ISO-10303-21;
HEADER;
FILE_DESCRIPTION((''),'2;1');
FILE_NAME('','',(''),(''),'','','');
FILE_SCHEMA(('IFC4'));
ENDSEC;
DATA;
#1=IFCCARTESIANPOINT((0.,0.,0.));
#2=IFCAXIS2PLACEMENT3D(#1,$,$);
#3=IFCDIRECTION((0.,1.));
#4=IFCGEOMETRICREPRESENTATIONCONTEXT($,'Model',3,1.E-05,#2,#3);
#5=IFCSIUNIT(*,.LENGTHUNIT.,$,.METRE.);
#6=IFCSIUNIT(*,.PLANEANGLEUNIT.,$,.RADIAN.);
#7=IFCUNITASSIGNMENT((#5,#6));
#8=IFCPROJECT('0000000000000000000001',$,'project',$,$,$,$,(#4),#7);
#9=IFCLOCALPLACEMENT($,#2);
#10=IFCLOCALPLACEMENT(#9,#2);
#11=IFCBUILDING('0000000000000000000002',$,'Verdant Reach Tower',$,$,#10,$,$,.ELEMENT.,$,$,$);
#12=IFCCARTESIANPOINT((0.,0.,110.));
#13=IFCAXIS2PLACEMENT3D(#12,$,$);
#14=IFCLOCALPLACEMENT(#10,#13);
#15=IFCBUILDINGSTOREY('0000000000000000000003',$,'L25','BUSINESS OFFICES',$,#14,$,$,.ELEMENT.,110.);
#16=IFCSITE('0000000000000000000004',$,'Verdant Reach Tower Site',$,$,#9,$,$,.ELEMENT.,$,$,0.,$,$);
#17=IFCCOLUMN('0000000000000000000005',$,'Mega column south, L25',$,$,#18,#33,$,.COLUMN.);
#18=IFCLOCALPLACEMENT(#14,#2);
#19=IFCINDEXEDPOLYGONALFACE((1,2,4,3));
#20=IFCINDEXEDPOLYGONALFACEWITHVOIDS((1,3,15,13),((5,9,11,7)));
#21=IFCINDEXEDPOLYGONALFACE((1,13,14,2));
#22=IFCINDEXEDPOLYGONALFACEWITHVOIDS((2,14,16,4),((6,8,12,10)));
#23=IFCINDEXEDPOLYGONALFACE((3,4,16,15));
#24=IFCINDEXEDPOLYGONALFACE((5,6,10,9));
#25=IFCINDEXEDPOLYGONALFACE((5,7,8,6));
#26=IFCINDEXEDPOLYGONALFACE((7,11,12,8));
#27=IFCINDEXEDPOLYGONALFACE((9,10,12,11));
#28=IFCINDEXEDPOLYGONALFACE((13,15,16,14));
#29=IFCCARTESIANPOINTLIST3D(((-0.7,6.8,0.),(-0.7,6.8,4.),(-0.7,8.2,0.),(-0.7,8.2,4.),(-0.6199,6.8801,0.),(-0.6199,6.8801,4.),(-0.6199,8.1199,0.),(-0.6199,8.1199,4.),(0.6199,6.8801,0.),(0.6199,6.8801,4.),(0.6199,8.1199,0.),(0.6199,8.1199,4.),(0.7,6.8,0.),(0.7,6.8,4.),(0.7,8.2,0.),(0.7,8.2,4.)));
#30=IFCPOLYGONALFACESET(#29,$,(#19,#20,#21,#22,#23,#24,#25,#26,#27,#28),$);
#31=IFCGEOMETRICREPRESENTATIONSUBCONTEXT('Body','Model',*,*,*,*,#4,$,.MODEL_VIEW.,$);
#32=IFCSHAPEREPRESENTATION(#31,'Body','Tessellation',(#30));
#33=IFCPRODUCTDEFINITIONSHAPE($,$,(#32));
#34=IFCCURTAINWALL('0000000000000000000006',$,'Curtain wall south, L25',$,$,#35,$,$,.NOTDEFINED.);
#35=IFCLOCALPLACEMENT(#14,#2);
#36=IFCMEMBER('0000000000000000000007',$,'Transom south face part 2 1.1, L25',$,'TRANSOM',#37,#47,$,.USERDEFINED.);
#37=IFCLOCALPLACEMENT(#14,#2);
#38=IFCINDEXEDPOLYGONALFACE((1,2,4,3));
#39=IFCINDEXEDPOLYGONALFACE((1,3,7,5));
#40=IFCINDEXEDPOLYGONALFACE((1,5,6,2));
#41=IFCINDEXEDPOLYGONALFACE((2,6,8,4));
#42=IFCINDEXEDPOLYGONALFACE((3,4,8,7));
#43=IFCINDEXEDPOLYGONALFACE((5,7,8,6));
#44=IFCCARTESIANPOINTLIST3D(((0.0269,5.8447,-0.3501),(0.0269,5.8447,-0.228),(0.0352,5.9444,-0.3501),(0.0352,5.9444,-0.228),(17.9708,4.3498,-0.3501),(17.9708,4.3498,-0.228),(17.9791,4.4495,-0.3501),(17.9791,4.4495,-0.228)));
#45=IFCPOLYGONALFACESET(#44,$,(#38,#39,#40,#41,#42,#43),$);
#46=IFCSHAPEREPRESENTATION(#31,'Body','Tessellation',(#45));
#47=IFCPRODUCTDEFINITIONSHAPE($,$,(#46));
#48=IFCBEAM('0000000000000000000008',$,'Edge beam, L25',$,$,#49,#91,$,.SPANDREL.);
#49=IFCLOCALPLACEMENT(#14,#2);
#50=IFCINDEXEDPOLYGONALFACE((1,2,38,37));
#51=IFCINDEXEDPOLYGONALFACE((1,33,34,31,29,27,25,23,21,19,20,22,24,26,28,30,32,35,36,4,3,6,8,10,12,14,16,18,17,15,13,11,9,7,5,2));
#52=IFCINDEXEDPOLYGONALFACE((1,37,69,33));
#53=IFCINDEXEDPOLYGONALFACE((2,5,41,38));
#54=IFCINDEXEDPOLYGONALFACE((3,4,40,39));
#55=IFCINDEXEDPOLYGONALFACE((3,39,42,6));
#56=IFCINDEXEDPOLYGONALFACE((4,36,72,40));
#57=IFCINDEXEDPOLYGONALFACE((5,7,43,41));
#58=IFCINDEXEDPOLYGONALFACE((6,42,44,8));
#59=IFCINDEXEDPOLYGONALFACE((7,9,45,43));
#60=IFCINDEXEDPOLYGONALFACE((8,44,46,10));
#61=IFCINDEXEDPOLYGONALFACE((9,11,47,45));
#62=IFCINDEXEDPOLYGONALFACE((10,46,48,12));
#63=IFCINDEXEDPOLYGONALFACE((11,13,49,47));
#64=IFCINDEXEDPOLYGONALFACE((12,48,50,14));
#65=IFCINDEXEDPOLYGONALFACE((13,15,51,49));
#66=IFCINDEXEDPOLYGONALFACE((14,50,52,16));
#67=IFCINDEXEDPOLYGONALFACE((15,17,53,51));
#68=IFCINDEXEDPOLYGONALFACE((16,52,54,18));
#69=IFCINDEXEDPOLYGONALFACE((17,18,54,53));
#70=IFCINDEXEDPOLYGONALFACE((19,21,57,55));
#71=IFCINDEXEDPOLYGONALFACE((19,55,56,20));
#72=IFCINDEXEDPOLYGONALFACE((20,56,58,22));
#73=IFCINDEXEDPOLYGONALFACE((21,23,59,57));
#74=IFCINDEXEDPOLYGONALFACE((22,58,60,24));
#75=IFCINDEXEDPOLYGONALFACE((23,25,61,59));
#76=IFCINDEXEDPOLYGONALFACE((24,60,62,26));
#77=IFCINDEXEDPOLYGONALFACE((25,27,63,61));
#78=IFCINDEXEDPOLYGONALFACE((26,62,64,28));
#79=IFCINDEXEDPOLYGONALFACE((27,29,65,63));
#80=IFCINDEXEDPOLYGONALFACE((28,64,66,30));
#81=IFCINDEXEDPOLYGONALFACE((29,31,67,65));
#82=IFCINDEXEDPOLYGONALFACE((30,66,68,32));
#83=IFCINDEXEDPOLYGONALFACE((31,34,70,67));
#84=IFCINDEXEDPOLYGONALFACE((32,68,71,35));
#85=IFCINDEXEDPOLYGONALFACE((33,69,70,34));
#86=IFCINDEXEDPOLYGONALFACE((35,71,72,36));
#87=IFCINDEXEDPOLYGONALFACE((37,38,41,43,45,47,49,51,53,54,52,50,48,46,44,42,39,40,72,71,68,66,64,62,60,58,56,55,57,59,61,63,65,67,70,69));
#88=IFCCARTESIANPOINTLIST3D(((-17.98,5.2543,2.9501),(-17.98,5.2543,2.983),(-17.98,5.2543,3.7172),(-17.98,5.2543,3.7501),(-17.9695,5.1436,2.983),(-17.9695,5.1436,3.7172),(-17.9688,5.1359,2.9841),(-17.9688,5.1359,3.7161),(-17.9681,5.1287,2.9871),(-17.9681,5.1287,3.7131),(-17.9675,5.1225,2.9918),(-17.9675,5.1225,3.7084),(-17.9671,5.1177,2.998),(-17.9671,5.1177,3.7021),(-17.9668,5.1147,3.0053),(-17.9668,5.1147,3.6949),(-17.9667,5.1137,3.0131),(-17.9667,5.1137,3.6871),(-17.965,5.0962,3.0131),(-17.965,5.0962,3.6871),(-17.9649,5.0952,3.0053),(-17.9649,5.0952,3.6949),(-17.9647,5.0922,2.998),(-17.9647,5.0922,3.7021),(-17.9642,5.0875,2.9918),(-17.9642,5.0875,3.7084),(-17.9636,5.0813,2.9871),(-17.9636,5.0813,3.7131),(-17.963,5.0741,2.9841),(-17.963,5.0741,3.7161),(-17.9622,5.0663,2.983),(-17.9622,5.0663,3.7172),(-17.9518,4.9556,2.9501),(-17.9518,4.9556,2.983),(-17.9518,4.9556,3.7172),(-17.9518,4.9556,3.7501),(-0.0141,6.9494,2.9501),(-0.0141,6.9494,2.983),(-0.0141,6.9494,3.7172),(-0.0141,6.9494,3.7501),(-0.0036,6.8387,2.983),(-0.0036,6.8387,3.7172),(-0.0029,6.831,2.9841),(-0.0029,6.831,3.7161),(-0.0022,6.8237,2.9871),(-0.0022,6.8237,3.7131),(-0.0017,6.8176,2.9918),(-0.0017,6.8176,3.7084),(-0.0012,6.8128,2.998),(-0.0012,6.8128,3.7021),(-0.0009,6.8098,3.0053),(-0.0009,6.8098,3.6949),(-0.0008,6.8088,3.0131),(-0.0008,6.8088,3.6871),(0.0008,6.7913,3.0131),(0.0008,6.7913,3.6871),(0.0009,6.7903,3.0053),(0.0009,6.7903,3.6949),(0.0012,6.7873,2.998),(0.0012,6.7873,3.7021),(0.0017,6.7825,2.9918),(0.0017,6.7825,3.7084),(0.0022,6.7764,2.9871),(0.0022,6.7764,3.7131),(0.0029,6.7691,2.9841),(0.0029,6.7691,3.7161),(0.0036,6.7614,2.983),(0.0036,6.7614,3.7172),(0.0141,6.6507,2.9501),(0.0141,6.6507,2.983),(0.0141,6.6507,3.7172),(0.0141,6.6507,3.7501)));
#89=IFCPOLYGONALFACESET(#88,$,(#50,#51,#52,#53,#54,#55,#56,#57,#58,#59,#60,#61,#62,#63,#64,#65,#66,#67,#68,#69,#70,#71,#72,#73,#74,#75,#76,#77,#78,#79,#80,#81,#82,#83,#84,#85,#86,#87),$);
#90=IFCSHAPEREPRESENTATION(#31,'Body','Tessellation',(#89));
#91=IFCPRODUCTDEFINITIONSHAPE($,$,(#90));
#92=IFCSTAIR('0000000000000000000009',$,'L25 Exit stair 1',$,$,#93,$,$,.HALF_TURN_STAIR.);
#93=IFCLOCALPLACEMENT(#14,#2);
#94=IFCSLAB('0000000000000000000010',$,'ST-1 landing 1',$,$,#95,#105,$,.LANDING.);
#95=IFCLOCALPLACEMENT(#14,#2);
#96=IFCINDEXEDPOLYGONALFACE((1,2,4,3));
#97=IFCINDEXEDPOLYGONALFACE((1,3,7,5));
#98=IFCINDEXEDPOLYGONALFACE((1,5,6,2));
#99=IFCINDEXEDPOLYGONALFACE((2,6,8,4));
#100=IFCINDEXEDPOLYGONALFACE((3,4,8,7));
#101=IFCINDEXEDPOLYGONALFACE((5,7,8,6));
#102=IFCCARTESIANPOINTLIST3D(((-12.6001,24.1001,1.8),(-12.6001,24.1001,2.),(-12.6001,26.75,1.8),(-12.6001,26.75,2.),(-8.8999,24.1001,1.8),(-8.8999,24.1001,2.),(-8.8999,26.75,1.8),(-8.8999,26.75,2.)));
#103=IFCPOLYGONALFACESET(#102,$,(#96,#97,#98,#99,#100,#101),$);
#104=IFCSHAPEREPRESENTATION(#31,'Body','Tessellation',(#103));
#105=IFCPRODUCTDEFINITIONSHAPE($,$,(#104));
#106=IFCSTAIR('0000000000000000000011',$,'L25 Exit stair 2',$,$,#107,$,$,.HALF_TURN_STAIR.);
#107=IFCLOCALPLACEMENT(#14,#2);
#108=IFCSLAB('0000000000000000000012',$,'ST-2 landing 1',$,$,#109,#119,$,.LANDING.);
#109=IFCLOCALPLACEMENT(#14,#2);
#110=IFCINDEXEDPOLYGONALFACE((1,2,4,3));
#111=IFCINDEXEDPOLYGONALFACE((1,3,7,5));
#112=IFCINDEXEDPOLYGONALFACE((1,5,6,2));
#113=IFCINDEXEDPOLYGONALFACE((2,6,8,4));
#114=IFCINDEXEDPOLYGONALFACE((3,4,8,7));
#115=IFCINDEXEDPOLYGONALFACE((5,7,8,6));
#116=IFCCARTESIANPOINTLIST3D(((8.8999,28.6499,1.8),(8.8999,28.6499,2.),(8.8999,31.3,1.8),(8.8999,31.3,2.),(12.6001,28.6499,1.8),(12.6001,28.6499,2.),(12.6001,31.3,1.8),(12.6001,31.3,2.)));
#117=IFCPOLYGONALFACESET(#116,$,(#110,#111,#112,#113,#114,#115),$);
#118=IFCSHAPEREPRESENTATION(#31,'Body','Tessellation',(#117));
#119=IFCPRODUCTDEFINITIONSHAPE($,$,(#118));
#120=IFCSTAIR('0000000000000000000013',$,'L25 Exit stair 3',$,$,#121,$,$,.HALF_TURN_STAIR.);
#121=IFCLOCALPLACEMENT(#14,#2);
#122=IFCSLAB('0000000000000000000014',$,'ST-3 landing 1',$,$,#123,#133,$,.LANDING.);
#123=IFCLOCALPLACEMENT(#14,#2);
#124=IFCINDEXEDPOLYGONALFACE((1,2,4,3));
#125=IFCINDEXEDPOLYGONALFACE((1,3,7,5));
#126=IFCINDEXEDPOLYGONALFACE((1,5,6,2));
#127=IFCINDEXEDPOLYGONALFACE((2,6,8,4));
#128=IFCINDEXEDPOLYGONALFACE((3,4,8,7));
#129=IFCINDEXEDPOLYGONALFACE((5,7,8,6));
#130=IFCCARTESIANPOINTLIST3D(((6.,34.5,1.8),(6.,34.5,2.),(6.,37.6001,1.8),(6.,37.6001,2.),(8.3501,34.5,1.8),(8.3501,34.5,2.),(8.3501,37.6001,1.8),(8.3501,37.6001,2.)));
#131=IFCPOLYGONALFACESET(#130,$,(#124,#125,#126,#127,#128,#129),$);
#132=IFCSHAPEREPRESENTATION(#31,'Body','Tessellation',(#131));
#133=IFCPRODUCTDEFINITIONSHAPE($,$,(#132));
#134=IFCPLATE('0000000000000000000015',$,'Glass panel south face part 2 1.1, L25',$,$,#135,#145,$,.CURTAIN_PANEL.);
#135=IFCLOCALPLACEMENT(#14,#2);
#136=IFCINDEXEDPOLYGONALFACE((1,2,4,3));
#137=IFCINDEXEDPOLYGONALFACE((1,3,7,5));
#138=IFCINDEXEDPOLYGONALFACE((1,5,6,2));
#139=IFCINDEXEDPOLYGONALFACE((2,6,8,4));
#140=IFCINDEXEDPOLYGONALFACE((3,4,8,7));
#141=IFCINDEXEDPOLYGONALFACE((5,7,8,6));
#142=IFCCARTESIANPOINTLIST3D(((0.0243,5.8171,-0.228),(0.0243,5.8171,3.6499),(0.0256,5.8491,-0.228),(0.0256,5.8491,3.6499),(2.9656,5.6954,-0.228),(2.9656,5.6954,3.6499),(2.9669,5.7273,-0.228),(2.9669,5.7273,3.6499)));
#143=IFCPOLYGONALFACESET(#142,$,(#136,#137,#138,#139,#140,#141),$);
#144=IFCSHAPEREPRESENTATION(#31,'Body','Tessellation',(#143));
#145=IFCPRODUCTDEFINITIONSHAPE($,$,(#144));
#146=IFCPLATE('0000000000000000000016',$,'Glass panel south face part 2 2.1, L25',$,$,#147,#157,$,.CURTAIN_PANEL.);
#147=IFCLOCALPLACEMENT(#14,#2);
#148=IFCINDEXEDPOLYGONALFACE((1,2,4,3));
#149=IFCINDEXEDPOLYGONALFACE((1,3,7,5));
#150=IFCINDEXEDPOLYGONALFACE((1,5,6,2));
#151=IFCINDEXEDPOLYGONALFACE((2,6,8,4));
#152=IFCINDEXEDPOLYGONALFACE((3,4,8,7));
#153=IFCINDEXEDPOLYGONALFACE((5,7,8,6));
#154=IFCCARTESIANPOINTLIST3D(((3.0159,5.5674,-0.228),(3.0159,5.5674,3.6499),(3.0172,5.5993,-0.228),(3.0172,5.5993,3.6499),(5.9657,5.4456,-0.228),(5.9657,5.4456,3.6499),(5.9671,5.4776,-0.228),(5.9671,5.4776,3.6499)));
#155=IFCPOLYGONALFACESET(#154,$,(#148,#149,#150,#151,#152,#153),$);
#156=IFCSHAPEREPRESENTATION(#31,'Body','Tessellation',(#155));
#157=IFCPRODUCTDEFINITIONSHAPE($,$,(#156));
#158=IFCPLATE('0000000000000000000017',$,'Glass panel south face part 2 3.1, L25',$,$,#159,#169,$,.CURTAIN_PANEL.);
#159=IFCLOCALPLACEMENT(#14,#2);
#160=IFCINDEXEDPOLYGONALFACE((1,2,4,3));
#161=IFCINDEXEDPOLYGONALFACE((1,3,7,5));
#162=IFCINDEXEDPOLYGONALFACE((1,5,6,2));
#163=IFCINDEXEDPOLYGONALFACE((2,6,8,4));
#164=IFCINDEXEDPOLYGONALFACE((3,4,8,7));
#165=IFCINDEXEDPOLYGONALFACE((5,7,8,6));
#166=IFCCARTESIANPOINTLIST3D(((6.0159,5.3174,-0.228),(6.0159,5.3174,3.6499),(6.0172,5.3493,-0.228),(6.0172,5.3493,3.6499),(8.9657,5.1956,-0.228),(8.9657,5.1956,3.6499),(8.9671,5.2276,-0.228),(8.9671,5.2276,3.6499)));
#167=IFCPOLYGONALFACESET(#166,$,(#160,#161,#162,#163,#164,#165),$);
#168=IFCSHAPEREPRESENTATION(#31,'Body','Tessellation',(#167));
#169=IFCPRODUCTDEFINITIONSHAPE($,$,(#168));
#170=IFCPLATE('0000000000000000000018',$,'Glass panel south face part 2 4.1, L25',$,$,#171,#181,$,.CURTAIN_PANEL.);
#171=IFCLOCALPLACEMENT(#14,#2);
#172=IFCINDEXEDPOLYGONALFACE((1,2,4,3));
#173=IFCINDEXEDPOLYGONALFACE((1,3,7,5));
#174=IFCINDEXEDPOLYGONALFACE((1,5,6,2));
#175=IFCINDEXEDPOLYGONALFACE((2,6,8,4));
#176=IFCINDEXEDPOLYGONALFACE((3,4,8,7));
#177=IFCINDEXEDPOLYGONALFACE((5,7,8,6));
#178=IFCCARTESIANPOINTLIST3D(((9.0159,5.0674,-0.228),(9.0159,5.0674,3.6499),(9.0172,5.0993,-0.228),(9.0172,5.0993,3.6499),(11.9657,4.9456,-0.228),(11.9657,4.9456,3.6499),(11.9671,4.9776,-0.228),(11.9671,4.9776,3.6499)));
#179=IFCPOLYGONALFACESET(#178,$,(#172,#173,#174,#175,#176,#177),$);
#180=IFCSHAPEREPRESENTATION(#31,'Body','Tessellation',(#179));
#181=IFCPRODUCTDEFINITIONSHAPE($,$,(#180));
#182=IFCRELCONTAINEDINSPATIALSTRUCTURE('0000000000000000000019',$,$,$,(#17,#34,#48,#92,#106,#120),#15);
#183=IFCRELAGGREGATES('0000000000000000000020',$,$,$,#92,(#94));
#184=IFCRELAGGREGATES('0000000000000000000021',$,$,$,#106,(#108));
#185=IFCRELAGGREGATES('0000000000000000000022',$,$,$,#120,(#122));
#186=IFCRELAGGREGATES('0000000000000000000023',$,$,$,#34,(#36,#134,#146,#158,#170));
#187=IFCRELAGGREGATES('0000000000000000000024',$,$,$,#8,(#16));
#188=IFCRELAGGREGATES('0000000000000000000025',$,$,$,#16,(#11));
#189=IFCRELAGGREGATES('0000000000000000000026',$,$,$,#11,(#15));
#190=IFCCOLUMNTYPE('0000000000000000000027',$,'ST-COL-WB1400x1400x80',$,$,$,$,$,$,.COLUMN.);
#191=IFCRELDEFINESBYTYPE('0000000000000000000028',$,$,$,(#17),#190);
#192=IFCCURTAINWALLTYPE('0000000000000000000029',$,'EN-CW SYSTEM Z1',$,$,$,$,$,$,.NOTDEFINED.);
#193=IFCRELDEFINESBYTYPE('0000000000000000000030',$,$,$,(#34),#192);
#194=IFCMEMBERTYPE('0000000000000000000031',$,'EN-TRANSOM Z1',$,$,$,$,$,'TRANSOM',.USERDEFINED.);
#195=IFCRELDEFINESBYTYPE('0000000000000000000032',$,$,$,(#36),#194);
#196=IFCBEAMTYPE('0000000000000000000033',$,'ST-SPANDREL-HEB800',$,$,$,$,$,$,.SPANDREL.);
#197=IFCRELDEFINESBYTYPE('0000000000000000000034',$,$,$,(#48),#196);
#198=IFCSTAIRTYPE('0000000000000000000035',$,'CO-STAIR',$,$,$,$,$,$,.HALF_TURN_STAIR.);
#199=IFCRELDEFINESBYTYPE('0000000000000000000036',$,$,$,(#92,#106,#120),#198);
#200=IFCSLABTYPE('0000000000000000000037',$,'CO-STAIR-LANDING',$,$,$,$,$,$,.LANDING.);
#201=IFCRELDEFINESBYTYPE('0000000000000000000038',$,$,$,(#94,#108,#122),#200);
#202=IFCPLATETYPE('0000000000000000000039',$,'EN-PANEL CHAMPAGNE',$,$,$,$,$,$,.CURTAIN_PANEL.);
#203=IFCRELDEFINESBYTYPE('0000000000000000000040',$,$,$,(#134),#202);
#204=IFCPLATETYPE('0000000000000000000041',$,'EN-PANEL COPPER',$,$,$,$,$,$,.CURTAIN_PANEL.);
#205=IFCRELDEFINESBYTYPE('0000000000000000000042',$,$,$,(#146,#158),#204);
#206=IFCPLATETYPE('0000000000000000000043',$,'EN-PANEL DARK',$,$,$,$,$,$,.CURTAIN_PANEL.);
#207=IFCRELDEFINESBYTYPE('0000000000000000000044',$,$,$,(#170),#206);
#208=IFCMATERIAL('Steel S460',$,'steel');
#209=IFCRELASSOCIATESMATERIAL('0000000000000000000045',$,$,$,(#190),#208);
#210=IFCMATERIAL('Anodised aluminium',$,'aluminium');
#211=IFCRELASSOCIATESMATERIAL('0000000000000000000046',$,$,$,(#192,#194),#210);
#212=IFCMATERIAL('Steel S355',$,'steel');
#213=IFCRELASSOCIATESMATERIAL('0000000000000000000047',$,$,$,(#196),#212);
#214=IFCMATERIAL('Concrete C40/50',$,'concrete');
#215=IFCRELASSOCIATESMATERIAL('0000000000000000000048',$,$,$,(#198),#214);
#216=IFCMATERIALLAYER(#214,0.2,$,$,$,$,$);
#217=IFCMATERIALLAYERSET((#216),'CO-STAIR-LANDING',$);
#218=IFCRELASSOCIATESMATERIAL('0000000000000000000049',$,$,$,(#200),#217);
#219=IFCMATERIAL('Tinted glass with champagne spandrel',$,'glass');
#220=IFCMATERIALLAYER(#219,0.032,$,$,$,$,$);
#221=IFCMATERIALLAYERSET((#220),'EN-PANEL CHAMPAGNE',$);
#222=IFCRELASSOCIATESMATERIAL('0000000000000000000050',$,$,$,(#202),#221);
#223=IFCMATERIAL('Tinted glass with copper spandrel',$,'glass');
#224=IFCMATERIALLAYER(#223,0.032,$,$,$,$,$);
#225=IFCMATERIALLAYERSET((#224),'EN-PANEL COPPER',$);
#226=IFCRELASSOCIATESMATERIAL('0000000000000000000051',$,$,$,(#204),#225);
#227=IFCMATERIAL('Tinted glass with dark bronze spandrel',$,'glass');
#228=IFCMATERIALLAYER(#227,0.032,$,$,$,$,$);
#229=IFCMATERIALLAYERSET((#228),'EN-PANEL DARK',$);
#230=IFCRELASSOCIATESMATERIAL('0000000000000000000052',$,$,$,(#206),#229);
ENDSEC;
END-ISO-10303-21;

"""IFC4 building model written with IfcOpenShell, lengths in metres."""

from ifc_helpers import new_model, si_unit, direction, frame, origin, origin_2d, place, context, subcontext, project, spatial, polyline, rectangle, hollow_rectangle, i_section, outline, extrude, material, layer, layer_set, material_profile, profile_set, type_object, element, aggregate, save


model = new_model("IFC4")

# Units and contexts
model_context = context("Model", 3, precision=1e-05, world=origin(), true_north=direction((0.0, 1.0)))
body_context = subcontext(model_context, "Body", "Model", "MODEL_VIEW")
ifc_project = project(units=[si_unit("LENGTHUNIT", "METRE"), si_unit("PLANEANGLEUNIT", "RADIAN")], contexts=[model_context])

# Site, building, storey
site_placement = place(None, origin())
site = spatial("IfcSite", under=ifc_project, at=site_placement, Name="Verdant Reach Tower Site", CompositionType="ELEMENT", RefElevation=0.0)
building_placement = place(site_placement, origin())
building = spatial("IfcBuilding", under=site, at=building_placement, Name="Verdant Reach Tower", CompositionType="ELEMENT")
storey_placement = place(building_placement, frame((0.0, 0.0, 110.0)))
storey = spatial("IfcBuildingStorey", under=building, at=storey_placement, Name="L25", Description="BUSINESS OFFICES", CompositionType="ELEMENT", Elevation=110.0)

# Column
ifc_material_1 = material(Name="Steel S460", Category="steel")
ifc_material_profile_1 = material_profile(ifc_material_1, hollow_rectangle(XDim=1.3999, YDim=1.3999, WallThickness=0.0801, at=origin_2d()), Name="WB 1400x1400x80")
ifc_profile_set_1 = profile_set([ifc_material_profile_1], Name="Steel S460")
column_type = type_object("IfcColumnType", Name="ST-COL-WB1400x1400x80", PredefinedType="COLUMN", material=ifc_profile_set_1)
column_placement = place(storey_placement, frame((0.0, 7.5, 0.0), z_axis=(0.0, 0.0, 1.0), x_axis=(1.0, 0.0, 0.0)))
element("IfcColumn", 1, at=column_placement, inside=storey, type_object=column_type, Name="Mega column south, L25", PredefinedType="COLUMN", context=body_context, shape_type="SweptSolid", body=[
    extrude(hollow_rectangle(XDim=1.3999, YDim=1.3999, WallThickness=0.0801, at=origin_2d()), origin(), (0.0, 0.0, 1.0), 4.0),
])

# Curtain wall, member
ifc_material_2 = material(Name="Anodised aluminium", Category="aluminium")
curtain_wall_type = type_object("IfcCurtainWallType", Name="EN-CW SYSTEM Z1", PredefinedType="NOTDEFINED", material=ifc_material_2)
curtain_wall_placement = place(storey_placement, origin())
curtain_wall = element("IfcCurtainWall", 2, at=curtain_wall_placement, inside=storey, type_object=curtain_wall_type, Name="Curtain wall south, L25", PredefinedType="NOTDEFINED")
ifc_material_profile_2 = material_profile(ifc_material_2, rectangle(XDim=0.1001, YDim=0.1221, at=origin_2d()), Name="Transom 122x100")
ifc_profile_set_2 = profile_set([ifc_material_profile_2], Name="Anodised aluminium")
member_type = type_object("IfcMemberType", Name="EN-TRANSOM Z1", ElementType="TRANSOM", PredefinedType="USERDEFINED", material=ifc_profile_set_2)
member_placement = place(storey_placement, frame((0.031, 5.8945, -0.2891), z_axis=(0.996548, -0.083021, 0.0), x_axis=(0.083021, 0.996548, 0.0)))
member = element("IfcMember", 3, at=member_placement, type_object=member_type, Name="Transom south face part 2 1.1, L25", ObjectType="TRANSOM", PredefinedType="USERDEFINED", context=body_context, shape_type="SweptSolid", body=[
    extrude(rectangle(XDim=0.1001, YDim=0.1221, at=origin_2d()), origin(), (0.0, 0.0, 1.0), 18.0061),
])

# Beam
ifc_material_3 = material(Name="Steel S355", Category="steel")
ifc_material_profile_3 = material_profile(ifc_material_3, i_section(OverallWidth=0.3, OverallDepth=0.8, WebThickness=0.0176, FlangeThickness=0.033, FilletRadius=0.03, at=origin_2d()), Name="HEB 800")
ifc_profile_set_3 = profile_set([ifc_material_profile_3], Name="Steel S355")
beam_type = type_object("IfcBeamType", Name="ST-SPANDREL-HEB800", PredefinedType="SPANDREL", material=ifc_profile_set_3)
beam_placement = place(storey_placement, frame((0.0, 6.8, 3.3501), z_axis=(-0.995579, -0.093932, 0.0), x_axis=(0.093932, -0.995579, 0.0)))
element("IfcBeam", 4, at=beam_placement, inside=storey, type_object=beam_type, Name="Edge beam, L25", PredefinedType="SPANDREL", context=body_context, shape_type="SweptSolid", body=[
    extrude(i_section(OverallWidth=0.3, OverallDepth=0.8, WebThickness=0.0176, FlangeThickness=0.033, FilletRadius=0.03, at=origin_2d()), origin(), (0.0, 0.0, 1.0), 18.0457),
])

# Stairs, slabs
ifc_material_4 = material(Name="Concrete C40/50", Category="concrete")
stair_type = type_object("IfcStairType", Name="CO-STAIR", PredefinedType="HALF_TURN_STAIR", material=ifc_material_4)
stair_1_placement = place(storey_placement, origin())
stair_1 = element("IfcStair", 5, at=stair_1_placement, inside=storey, type_object=stair_type, Name="L25 Exit stair 1", PredefinedType="HALF_TURN_STAIR")
ifc_layer_1 = layer(ifc_material_4, 0.2)
ifc_layer_set_1 = layer_set([ifc_layer_1], Name="CO-STAIR-LANDING")
slab_type = type_object("IfcSlabType", Name="CO-STAIR-LANDING", PredefinedType="LANDING", material=ifc_layer_set_1)
slab_1_placement = place(storey_placement, frame((0.0, 0.0, 1.8)))
slab_1 = element("IfcSlab", 6, at=slab_1_placement, type_object=slab_type, Name="ST-1 landing 1", PredefinedType="LANDING", context=body_context, shape_type="SweptSolid", body=[
    extrude(outline(polyline([(-12.6001, 26.75), (-12.6001, 24.1001), (-8.8999, 24.1001), (-8.8999, 26.75), (-12.6001, 26.75)])), origin(), (0.0, 0.0, 1.0), 0.2),
])
aggregate(stair_1, [slab_1])
stair_2_placement = place(storey_placement, origin())
stair_2 = element("IfcStair", 7, at=stair_2_placement, inside=storey, type_object=stair_type, Name="L25 Exit stair 2", PredefinedType="HALF_TURN_STAIR")
slab_2_placement = place(storey_placement, frame((0.0, 0.0, 1.8)))
slab_2 = element("IfcSlab", 8, at=slab_2_placement, type_object=slab_type, Name="ST-2 landing 1", PredefinedType="LANDING", context=body_context, shape_type="SweptSolid", body=[
    extrude(outline(polyline([(12.6001, 28.6499), (12.6001, 31.3), (8.8999, 31.3), (8.8999, 28.6499), (12.6001, 28.6499)])), origin(), (0.0, 0.0, 1.0), 0.2),
])
aggregate(stair_2, [slab_2])
stair_3_placement = place(storey_placement, origin())
stair_3 = element("IfcStair", 9, at=stair_3_placement, inside=storey, type_object=stair_type, Name="L25 Exit stair 3", PredefinedType="HALF_TURN_STAIR")
slab_3_placement = place(storey_placement, frame((0.0, 0.0, 1.8)))
slab_3 = element("IfcSlab", 10, at=slab_3_placement, type_object=slab_type, Name="ST-3 landing 1", PredefinedType="LANDING", context=body_context, shape_type="SweptSolid", body=[
    extrude(outline(polyline([(8.3501, 37.6001), (6.0, 37.6001), (6.0, 34.5), (8.3501, 34.5), (8.3501, 37.6001)])), origin(), (0.0, 0.0, 1.0), 0.2),
])
aggregate(stair_3, [slab_3])

# Plates
ifc_material_5 = material(Name="Tinted glass with champagne spandrel", Category="glass")
ifc_layer_2 = layer(ifc_material_5, 0.032)
ifc_layer_set_2 = layer_set([ifc_layer_2], Name="EN-PANEL CHAMPAGNE")
plate_type_1 = type_object("IfcPlateType", Name="EN-PANEL CHAMPAGNE", PredefinedType="CURTAIN_PANEL", material=ifc_layer_set_2)
plate_1_placement = place(storey_placement, frame((1.4956, 5.7722, -0.228), z_axis=(0.0, 0.0, 1.0), x_axis=(0.999144, -0.04136, 0.0)))
plate_1 = element("IfcPlate", 11, at=plate_1_placement, type_object=plate_type_1, Name="Glass panel south face part 2 1.1, L25", PredefinedType="CURTAIN_PANEL", context=body_context, shape_type="SweptSolid", body=[
    extrude(rectangle(XDim=2.9438, YDim=0.032, at=origin_2d()), origin(), (0.0, 0.0, 1.0), 3.8779),
])
ifc_material_6 = material(Name="Tinted glass with copper spandrel", Category="glass")
ifc_layer_3 = layer(ifc_material_6, 0.032)
ifc_layer_set_3 = layer_set([ifc_layer_3], Name="EN-PANEL COPPER")
plate_type_2 = type_object("IfcPlateType", Name="EN-PANEL COPPER", PredefinedType="CURTAIN_PANEL", material=ifc_layer_set_3)
plate_2_placement = place(storey_placement, frame((4.4915, 5.5225, -0.228), z_axis=(0.0, 0.0, 1.0), x_axis=(0.999149, -0.041242, 0.0)))
plate_2 = element("IfcPlate", 12, at=plate_2_placement, type_object=plate_type_2, Name="Glass panel south face part 2 2.1, L25", PredefinedType="CURTAIN_PANEL", context=body_context, shape_type="SweptSolid", body=[
    extrude(rectangle(XDim=2.9524, YDim=0.032, at=origin_2d()), origin(), (0.0, 0.0, 1.0), 3.8779),
])
plate_3_placement = place(storey_placement, frame((7.4915, 5.2725, -0.228), z_axis=(0.0, 0.0, 1.0), x_axis=(0.999149, -0.041242, 0.0)))
plate_3 = element("IfcPlate", 13, at=plate_3_placement, type_object=plate_type_2, Name="Glass panel south face part 2 3.1, L25", PredefinedType="CURTAIN_PANEL", context=body_context, shape_type="SweptSolid", body=[
    extrude(rectangle(XDim=2.9524, YDim=0.032, at=origin_2d()), origin(), (0.0, 0.0, 1.0), 3.8779),
])
ifc_material_7 = material(Name="Tinted glass with dark bronze spandrel", Category="glass")
ifc_layer_4 = layer(ifc_material_7, 0.032)
ifc_layer_set_4 = layer_set([ifc_layer_4], Name="EN-PANEL DARK")
plate_type_3 = type_object("IfcPlateType", Name="EN-PANEL DARK", PredefinedType="CURTAIN_PANEL", material=ifc_layer_set_4)
plate_4_placement = place(storey_placement, frame((10.4915, 5.0225, -0.228), z_axis=(0.0, 0.0, 1.0), x_axis=(0.999149, -0.041242, 0.0)))
plate_4 = element("IfcPlate", 14, at=plate_4_placement, type_object=plate_type_3, Name="Glass panel south face part 2 4.1, L25", PredefinedType="CURTAIN_PANEL", context=body_context, shape_type="SweptSolid", body=[
    extrude(rectangle(XDim=2.9524, YDim=0.032, at=origin_2d()), origin(), (0.0, 0.0, 1.0), 3.8779),
])
aggregate(curtain_wall, [member, plate_1, plate_2, plate_3, plate_4])

save(model, "model.ifc")
